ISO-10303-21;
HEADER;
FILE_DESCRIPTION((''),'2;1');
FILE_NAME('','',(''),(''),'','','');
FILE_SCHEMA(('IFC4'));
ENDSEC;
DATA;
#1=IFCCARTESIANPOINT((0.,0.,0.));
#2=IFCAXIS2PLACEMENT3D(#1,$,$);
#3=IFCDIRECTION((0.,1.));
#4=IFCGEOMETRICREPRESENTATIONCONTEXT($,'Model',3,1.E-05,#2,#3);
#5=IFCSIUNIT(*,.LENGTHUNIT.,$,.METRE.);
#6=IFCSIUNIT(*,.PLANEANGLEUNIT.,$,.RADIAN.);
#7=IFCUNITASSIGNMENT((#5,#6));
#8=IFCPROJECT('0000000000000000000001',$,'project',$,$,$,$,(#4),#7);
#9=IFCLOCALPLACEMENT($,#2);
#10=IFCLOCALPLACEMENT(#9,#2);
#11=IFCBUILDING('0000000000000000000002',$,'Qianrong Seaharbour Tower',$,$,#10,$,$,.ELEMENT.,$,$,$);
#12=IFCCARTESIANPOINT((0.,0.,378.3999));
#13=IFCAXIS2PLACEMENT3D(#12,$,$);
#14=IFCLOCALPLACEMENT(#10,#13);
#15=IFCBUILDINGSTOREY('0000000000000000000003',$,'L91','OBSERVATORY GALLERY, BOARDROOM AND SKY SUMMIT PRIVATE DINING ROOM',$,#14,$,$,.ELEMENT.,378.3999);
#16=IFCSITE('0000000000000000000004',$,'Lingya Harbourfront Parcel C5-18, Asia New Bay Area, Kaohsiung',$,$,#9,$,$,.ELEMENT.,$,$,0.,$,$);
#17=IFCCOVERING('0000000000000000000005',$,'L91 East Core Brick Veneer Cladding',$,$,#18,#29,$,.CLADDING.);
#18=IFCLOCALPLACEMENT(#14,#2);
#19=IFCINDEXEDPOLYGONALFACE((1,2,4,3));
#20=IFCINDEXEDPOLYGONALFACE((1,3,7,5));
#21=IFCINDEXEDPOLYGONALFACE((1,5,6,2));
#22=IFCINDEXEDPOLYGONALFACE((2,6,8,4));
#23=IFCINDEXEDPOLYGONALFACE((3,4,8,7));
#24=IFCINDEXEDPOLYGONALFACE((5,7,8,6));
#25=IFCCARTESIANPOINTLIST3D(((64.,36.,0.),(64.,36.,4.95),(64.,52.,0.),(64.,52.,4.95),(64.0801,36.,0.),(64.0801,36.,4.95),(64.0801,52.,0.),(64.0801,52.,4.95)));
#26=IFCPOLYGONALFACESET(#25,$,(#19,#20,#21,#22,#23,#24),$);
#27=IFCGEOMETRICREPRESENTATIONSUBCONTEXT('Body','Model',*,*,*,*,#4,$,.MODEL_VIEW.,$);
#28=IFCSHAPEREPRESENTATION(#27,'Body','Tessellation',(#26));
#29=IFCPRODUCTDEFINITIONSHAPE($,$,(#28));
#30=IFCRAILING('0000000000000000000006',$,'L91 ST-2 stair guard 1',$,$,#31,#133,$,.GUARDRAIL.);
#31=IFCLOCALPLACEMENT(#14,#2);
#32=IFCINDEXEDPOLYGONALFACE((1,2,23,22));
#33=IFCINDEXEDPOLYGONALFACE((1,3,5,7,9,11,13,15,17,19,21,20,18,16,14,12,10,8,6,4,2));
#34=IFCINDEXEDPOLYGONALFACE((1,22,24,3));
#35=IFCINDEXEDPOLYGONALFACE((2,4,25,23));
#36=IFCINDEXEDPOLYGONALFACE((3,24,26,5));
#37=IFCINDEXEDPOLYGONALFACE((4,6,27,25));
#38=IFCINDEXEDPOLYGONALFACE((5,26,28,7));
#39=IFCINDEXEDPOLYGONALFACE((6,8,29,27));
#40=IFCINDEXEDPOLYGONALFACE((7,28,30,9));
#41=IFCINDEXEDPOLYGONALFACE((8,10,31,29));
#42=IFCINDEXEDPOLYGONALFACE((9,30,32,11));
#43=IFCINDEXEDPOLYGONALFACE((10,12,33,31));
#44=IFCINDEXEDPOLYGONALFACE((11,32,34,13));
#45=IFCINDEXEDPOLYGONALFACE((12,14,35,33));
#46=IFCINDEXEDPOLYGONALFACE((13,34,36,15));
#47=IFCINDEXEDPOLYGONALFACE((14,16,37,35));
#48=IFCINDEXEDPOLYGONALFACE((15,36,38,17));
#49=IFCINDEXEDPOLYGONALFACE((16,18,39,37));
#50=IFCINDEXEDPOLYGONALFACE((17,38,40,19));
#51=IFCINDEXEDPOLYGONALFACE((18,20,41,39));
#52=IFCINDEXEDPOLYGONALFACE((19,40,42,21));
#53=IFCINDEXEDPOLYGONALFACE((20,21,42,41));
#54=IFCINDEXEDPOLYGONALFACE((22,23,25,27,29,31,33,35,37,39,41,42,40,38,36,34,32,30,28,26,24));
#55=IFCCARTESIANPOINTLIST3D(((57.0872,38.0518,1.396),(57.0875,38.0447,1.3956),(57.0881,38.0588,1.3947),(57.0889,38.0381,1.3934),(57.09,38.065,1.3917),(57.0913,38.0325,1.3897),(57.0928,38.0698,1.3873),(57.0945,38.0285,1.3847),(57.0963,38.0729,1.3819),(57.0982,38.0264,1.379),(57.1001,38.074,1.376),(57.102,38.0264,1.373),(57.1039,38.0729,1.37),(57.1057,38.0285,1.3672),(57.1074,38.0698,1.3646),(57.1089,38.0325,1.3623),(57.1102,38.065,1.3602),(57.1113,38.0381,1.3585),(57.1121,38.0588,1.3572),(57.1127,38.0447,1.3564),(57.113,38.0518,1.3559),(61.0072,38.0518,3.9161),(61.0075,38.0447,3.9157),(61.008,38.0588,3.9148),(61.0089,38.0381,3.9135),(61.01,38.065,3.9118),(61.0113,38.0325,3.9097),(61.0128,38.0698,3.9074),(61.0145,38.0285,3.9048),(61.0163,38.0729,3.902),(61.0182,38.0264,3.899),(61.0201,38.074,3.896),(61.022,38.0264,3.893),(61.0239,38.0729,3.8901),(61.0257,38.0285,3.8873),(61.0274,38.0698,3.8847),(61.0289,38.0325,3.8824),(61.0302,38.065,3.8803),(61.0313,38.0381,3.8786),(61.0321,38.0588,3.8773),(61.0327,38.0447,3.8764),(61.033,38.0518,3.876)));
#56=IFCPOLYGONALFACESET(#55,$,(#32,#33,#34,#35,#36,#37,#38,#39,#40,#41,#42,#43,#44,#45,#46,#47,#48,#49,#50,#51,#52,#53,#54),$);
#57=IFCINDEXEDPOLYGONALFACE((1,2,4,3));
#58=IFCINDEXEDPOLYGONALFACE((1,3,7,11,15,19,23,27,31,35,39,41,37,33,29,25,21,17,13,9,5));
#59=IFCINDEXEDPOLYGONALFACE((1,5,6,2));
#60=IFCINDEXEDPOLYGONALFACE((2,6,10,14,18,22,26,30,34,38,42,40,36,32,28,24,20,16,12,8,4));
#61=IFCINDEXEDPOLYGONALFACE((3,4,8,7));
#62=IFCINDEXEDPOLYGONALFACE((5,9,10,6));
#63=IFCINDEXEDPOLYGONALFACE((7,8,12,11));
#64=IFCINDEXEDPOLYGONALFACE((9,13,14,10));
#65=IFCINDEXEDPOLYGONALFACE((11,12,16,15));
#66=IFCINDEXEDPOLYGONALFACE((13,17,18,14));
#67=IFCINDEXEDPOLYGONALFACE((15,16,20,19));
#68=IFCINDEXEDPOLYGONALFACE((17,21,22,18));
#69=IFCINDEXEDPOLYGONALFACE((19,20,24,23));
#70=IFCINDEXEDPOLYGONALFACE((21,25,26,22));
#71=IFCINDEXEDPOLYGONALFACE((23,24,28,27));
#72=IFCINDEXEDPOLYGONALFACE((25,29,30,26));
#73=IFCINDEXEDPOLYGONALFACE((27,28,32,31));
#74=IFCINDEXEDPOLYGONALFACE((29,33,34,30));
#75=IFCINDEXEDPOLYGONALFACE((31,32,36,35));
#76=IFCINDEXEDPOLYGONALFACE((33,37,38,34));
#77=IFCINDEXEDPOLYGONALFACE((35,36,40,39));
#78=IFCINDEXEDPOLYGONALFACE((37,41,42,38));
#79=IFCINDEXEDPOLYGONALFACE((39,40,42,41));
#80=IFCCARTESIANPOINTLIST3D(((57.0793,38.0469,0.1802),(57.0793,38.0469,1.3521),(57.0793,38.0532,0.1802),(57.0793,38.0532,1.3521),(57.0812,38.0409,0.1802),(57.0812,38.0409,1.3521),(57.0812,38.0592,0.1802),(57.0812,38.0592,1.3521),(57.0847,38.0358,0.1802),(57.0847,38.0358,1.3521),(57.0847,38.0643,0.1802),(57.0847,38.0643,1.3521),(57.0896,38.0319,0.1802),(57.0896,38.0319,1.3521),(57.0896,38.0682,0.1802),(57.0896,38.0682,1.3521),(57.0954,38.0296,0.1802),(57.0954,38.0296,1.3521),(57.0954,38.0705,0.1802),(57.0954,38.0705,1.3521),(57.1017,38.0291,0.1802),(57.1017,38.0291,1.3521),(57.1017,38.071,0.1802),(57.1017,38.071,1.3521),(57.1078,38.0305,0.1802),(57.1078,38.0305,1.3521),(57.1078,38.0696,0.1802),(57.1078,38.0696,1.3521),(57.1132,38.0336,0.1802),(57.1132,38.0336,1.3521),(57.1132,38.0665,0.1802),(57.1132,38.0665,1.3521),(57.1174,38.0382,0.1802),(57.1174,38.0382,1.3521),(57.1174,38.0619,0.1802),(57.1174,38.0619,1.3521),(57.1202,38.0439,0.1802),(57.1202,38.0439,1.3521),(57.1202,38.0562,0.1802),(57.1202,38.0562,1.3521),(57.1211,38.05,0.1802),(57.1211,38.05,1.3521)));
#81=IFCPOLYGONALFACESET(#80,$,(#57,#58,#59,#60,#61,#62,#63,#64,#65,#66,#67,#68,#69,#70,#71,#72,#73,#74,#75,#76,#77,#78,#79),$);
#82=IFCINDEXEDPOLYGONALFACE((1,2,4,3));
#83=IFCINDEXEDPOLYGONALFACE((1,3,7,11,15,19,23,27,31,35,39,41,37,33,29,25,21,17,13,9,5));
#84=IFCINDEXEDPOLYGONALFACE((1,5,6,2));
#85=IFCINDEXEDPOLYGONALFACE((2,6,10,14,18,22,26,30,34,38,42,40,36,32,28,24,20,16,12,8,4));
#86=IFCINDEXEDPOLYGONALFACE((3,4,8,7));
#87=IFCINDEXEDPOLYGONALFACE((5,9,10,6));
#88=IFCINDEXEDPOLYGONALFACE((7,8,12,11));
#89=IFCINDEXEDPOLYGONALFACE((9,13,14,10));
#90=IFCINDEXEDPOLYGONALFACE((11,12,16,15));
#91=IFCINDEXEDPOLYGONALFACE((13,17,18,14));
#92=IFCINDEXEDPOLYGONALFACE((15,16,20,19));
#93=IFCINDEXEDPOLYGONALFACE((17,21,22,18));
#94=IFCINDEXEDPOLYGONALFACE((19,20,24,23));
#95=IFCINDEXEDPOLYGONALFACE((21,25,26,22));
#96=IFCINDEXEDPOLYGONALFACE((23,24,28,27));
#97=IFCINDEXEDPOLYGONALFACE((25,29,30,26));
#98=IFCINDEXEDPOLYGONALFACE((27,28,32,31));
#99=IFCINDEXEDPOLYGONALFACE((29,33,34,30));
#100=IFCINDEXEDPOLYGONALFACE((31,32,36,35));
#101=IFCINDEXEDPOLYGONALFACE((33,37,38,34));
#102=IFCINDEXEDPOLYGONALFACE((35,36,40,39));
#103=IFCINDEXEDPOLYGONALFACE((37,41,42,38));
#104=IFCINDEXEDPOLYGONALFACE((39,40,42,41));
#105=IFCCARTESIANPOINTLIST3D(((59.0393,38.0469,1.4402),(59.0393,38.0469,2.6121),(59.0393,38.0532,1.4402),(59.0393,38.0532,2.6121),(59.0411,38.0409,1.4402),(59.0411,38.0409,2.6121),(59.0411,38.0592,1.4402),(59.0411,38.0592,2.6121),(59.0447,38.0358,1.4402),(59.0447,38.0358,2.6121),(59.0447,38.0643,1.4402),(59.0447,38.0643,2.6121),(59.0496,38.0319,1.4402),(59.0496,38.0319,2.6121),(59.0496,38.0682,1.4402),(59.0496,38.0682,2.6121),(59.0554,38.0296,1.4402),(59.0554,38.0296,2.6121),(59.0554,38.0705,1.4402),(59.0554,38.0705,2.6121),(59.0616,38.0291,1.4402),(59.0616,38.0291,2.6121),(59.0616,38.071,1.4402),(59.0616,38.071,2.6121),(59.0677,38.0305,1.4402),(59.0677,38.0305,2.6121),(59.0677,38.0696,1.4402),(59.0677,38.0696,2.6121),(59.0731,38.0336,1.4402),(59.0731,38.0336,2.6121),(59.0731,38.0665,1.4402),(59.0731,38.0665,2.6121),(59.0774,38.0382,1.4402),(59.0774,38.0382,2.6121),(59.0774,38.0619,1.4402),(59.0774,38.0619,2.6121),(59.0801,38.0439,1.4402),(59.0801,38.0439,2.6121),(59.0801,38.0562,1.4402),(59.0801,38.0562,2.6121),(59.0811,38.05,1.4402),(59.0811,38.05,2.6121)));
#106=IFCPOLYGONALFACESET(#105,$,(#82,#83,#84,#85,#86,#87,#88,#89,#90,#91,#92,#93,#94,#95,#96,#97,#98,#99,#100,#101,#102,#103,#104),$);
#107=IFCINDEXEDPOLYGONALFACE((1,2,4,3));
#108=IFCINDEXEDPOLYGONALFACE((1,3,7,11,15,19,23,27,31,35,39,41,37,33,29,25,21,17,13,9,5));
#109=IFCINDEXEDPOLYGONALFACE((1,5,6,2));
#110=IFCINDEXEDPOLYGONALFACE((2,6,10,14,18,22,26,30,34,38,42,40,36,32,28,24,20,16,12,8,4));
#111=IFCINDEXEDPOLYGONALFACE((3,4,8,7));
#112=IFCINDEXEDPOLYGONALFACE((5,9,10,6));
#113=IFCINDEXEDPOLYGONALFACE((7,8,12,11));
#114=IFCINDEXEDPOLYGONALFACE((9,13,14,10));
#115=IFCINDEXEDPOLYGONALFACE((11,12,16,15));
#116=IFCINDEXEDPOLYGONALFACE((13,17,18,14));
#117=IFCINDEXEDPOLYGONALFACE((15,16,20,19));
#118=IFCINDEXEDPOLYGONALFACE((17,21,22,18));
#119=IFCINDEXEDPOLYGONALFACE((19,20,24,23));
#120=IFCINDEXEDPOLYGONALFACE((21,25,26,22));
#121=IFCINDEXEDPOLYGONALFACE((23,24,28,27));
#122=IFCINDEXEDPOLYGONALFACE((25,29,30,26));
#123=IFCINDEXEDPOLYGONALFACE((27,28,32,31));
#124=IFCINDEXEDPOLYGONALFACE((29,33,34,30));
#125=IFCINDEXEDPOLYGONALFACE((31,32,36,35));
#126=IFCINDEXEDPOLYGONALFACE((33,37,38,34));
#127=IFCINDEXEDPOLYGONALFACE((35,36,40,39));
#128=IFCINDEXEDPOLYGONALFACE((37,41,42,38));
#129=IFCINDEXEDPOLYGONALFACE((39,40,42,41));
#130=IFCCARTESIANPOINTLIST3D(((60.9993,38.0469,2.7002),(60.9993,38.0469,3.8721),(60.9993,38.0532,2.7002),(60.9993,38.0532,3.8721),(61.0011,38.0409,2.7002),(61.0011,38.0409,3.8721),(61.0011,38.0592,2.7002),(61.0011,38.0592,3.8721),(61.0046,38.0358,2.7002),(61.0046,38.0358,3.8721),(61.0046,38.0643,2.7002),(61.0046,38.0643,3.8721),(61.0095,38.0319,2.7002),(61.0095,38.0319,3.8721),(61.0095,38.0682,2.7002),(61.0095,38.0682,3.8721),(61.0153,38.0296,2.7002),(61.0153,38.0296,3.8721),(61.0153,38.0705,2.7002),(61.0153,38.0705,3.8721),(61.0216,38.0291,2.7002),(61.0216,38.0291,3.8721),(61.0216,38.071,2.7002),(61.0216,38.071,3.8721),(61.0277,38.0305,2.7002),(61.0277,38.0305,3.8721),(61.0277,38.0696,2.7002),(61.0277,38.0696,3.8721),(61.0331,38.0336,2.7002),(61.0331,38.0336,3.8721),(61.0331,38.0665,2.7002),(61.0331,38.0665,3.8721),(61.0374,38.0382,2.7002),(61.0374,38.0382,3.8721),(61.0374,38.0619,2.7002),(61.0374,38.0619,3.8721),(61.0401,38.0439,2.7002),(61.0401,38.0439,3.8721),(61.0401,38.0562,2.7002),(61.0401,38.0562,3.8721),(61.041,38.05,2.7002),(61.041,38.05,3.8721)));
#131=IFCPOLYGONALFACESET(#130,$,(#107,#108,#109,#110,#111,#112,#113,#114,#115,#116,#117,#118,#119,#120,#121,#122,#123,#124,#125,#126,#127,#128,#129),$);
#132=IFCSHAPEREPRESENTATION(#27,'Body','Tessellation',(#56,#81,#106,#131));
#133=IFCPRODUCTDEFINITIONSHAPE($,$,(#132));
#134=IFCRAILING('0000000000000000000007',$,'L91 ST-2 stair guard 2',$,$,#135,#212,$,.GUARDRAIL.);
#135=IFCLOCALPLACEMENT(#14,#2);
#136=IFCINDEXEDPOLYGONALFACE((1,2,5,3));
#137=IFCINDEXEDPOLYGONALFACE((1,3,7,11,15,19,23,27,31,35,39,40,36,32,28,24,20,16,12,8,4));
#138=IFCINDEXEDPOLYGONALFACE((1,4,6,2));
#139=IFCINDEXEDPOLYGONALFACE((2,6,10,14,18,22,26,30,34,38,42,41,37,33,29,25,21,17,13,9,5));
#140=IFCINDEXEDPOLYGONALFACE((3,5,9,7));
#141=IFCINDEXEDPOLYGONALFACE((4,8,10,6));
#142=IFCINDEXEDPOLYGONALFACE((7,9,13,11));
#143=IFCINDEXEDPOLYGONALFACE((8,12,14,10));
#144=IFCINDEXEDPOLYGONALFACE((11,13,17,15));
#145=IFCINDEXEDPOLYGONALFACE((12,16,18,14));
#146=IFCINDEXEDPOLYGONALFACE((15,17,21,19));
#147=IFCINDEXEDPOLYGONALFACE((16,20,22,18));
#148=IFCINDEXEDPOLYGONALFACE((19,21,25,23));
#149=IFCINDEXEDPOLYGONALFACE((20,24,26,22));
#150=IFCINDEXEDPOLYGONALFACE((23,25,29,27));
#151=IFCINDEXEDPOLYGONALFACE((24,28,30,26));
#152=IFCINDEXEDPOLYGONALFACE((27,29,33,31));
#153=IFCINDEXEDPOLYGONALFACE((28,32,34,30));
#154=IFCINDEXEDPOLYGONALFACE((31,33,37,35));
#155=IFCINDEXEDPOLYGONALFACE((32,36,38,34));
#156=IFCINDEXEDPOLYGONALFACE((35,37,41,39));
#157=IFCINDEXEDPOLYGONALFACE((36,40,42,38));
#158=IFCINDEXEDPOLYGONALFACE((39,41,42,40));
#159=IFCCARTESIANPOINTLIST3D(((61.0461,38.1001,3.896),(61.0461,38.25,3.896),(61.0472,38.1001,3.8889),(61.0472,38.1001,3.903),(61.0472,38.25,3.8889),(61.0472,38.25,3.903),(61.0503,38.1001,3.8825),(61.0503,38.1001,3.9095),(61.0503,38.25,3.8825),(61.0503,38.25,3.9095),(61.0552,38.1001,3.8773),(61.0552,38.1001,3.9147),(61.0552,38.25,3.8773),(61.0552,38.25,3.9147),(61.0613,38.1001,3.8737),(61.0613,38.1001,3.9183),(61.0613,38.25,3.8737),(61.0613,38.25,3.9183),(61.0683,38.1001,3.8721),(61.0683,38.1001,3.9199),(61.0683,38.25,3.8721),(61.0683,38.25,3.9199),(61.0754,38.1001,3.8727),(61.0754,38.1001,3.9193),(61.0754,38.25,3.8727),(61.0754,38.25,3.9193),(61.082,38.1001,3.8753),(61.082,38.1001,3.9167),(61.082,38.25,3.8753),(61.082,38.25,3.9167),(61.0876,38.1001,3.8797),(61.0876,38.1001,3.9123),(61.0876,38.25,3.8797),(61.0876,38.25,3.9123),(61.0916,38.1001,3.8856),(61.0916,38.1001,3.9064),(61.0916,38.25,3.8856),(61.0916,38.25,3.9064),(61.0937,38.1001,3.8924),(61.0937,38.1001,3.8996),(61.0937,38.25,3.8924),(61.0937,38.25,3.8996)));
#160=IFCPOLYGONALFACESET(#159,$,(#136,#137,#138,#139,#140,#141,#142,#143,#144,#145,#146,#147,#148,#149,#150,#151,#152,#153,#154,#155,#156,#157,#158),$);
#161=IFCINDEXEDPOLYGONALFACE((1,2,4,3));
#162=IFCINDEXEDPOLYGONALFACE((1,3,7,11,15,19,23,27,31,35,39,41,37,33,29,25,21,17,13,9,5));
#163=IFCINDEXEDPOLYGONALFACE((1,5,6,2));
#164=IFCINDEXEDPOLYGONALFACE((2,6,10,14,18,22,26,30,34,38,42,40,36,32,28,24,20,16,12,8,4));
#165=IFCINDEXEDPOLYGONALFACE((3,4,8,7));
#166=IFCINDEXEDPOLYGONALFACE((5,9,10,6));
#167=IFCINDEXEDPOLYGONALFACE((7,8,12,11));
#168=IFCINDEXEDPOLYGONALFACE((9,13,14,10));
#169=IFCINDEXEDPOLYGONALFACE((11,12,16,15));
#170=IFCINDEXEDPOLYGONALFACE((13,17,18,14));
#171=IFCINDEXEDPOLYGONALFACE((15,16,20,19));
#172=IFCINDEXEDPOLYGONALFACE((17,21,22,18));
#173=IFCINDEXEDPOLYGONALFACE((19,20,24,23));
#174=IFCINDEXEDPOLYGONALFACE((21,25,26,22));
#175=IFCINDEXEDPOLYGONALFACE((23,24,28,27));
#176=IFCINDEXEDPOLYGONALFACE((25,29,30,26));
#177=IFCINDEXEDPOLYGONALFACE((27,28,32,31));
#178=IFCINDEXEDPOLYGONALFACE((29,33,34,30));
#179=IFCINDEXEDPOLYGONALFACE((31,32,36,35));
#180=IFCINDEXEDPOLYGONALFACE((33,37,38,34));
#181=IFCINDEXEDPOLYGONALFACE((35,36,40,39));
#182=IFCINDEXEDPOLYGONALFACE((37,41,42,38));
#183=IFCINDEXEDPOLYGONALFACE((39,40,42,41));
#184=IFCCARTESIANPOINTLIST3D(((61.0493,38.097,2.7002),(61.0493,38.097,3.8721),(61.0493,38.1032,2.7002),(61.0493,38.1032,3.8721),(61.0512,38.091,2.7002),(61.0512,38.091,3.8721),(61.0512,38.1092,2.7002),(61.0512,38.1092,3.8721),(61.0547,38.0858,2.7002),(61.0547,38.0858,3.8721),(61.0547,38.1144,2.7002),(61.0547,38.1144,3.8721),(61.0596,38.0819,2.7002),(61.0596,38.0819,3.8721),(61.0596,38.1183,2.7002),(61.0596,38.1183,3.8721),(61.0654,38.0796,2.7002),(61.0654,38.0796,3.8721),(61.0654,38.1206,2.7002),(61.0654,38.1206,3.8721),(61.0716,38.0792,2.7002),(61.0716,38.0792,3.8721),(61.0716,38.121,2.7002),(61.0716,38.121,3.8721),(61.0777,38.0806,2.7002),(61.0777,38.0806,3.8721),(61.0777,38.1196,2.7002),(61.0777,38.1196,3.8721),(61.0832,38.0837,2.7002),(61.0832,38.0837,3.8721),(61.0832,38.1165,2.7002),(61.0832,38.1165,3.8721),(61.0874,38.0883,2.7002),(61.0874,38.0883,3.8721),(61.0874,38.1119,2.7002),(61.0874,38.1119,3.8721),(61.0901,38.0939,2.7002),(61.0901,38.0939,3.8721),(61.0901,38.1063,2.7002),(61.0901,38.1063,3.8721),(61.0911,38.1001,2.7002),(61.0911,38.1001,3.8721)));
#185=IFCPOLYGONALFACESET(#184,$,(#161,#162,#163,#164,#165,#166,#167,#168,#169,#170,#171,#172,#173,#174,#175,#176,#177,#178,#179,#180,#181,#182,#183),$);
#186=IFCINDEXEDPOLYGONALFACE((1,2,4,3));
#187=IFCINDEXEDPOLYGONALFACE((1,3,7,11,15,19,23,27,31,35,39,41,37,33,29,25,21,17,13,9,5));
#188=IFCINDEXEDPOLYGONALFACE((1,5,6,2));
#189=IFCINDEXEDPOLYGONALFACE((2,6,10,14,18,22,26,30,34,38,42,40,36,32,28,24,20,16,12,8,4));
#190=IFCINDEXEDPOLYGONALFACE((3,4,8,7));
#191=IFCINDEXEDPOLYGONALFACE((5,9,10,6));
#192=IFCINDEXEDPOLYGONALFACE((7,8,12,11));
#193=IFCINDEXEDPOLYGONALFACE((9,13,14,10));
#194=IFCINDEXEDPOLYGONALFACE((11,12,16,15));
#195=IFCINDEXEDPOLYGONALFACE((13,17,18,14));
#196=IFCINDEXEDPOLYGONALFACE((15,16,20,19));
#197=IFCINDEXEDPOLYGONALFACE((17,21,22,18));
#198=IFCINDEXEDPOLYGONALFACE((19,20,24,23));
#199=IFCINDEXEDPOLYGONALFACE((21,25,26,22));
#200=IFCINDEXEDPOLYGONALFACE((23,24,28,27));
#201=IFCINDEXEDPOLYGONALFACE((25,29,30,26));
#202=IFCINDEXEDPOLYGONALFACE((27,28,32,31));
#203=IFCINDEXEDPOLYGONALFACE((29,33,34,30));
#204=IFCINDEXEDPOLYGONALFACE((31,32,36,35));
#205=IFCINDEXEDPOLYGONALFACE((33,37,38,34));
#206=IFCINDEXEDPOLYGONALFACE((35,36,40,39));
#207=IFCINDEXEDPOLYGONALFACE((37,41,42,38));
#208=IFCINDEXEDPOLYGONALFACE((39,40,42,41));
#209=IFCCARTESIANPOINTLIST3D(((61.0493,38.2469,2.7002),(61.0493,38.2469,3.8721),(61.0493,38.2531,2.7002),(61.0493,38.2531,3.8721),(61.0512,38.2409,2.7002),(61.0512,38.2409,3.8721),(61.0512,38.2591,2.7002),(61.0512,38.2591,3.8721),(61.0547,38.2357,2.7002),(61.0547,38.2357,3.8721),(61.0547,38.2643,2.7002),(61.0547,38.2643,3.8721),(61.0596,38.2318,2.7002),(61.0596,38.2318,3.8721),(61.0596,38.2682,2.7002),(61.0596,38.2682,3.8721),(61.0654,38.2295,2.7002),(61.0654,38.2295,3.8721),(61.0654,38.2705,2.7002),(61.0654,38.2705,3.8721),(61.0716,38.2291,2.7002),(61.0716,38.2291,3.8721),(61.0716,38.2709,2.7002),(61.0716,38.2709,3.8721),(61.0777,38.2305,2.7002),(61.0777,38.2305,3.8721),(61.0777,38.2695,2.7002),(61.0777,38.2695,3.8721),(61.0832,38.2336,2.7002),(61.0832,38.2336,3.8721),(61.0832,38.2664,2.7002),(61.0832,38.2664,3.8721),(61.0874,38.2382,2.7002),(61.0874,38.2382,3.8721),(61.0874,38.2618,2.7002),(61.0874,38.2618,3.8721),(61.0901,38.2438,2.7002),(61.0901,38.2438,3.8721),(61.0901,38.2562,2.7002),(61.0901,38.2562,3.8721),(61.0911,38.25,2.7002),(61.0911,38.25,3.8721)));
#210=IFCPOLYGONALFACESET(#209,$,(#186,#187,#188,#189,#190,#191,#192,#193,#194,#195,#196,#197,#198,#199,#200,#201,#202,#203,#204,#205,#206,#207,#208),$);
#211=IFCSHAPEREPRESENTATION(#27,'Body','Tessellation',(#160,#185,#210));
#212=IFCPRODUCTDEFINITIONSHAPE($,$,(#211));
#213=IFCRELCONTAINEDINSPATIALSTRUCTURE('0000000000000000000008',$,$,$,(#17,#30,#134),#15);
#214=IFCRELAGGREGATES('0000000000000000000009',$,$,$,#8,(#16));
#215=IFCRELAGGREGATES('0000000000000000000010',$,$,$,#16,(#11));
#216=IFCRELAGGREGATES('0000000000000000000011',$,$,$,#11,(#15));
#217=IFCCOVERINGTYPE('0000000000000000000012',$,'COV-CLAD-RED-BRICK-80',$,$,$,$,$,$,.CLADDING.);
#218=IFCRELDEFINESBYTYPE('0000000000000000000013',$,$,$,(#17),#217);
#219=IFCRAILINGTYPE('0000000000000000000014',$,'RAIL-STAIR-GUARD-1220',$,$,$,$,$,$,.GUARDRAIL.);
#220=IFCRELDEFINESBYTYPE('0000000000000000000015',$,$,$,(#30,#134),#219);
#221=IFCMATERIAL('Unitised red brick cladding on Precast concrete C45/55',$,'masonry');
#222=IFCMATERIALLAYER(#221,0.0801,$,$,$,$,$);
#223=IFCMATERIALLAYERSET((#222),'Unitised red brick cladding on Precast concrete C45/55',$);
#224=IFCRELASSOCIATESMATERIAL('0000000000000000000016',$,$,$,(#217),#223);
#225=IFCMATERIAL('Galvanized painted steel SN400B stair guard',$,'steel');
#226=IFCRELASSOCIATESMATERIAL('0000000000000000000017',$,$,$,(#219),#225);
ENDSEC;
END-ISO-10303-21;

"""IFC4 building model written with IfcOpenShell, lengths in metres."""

from ifc_helpers import new_model, si_unit, direction, frame, origin, origin_2d, place, context, subcontext, project, spatial, rectangle, circle, extrude, material, layer, layer_set, type_object, element, save


model = new_model("IFC4")

# Units and contexts
model_context = context("Model", 3, precision=1e-05, world=origin(), true_north=direction((0.0, 1.0)))
body_context = subcontext(model_context, "Body", "Model", "MODEL_VIEW")
ifc_project = project(units=[si_unit("LENGTHUNIT", "METRE"), si_unit("PLANEANGLEUNIT", "RADIAN")], contexts=[model_context])

# Site, building, storey
site_placement = place(None, origin())
site = spatial("IfcSite", under=ifc_project, at=site_placement, Name="Lingya Harbourfront Parcel C5-18, Asia New Bay Area, Kaohsiung", CompositionType="ELEMENT", RefElevation=0.0)
building_placement = place(site_placement, origin())
building = spatial("IfcBuilding", under=site, at=building_placement, Name="Qianrong Seaharbour Tower", CompositionType="ELEMENT")
storey_placement = place(building_placement, frame((0.0, 0.0, 378.3999)))
storey = spatial("IfcBuildingStorey", under=building, at=storey_placement, Name="L91", Description="OBSERVATORY GALLERY, BOARDROOM AND SKY SUMMIT PRIVATE DINING ROOM", CompositionType="ELEMENT", Elevation=378.3999)

# Covering
ifc_material_1 = material(Name="Unitised red brick cladding on Precast concrete C45/55", Category="masonry")
ifc_layer_1 = layer(ifc_material_1, 0.0801)
ifc_layer_set_1 = layer_set([ifc_layer_1], Name="Unitised red brick cladding on Precast concrete C45/55")
covering_type = type_object("IfcCoveringType", Name="COV-CLAD-RED-BRICK-80", PredefinedType="CLADDING", material=ifc_layer_set_1)
covering_placement = place(storey_placement, frame((64.04, 44.0, 0.0), z_axis=(0.0, 0.0, 1.0), x_axis=(1.0, 0.0, 0.0)))
element("IfcCovering", 1, at=covering_placement, inside=storey, type_object=covering_type, Name="L91 East Core Brick Veneer Cladding", PredefinedType="CLADDING", context=body_context, shape_type="SweptSolid", body=[
    extrude(rectangle(XDim=0.0801, YDim=16.0, at=origin_2d()), origin(), (0.0, 0.0, 1.0), 4.95),
])

# Railings
ifc_material_2 = material(Name="Galvanized painted steel SN400B stair guard", Category="steel")
railing_type_1 = type_object("IfcRailingType", Name="RAIL-STAIR-GUARD-1220", PredefinedType="GUARDRAIL", material=ifc_material_2)
railing_1_placement = place(storey_placement, frame((57.1001, 38.05, 0.1802)))
element("IfcRailing", 2, at=railing_1_placement, inside=storey, type_object=railing_type_1, Name="L91 ST-2 stair guard 1", PredefinedType="GUARDRAIL", context=body_context, shape_type="SweptSolid", body=[
    extrude(circle(Radius=0.0239, at=origin_2d()), frame((0.0, 0.0, 1.1958), z_axis=(0.841172, 0.0, 0.540768), x_axis=(0.0, 1.0, 0.0)), (0.0, 0.0, 1.0), 4.6602),
    extrude(circle(Radius=0.021, at=origin_2d()), origin(), (0.0, 0.0, 1.0), 1.1719),
    extrude(circle(Radius=0.021, at=origin_2d()), frame((1.96, 0.0, 1.26)), (0.0, 0.0, 1.0), 1.1719),
    extrude(circle(Radius=0.021, at=origin_2d()), frame((3.9199, 0.0, 2.52)), (0.0, 0.0, 1.0), 1.1719),
])
railing_2_placement = place(storey_placement, frame((61.0701, 38.1001, 2.7002)))
element("IfcRailing", 3, at=railing_2_placement, inside=storey, type_object=railing_type_1, Name="L91 ST-2 stair guard 2", PredefinedType="GUARDRAIL", context=body_context, shape_type="SweptSolid", body=[
    extrude(circle(Radius=0.0239, at=origin_2d()), frame((0.0, 0.0, 1.1958), z_axis=(0.0, 1.0, 0.0), x_axis=(-1.0, 0.0, 0.0)), (0.0, 0.0, 1.0), 0.1499),
    extrude(circle(Radius=0.021, at=origin_2d()), origin(), (0.0, 0.0, 1.0), 1.1719),
    extrude(circle(Radius=0.021, at=origin_2d()), frame((0.0, 0.1499, 0.0)), (0.0, 0.0, 1.0), 1.1719),
])

save(model, "model.ifc")
